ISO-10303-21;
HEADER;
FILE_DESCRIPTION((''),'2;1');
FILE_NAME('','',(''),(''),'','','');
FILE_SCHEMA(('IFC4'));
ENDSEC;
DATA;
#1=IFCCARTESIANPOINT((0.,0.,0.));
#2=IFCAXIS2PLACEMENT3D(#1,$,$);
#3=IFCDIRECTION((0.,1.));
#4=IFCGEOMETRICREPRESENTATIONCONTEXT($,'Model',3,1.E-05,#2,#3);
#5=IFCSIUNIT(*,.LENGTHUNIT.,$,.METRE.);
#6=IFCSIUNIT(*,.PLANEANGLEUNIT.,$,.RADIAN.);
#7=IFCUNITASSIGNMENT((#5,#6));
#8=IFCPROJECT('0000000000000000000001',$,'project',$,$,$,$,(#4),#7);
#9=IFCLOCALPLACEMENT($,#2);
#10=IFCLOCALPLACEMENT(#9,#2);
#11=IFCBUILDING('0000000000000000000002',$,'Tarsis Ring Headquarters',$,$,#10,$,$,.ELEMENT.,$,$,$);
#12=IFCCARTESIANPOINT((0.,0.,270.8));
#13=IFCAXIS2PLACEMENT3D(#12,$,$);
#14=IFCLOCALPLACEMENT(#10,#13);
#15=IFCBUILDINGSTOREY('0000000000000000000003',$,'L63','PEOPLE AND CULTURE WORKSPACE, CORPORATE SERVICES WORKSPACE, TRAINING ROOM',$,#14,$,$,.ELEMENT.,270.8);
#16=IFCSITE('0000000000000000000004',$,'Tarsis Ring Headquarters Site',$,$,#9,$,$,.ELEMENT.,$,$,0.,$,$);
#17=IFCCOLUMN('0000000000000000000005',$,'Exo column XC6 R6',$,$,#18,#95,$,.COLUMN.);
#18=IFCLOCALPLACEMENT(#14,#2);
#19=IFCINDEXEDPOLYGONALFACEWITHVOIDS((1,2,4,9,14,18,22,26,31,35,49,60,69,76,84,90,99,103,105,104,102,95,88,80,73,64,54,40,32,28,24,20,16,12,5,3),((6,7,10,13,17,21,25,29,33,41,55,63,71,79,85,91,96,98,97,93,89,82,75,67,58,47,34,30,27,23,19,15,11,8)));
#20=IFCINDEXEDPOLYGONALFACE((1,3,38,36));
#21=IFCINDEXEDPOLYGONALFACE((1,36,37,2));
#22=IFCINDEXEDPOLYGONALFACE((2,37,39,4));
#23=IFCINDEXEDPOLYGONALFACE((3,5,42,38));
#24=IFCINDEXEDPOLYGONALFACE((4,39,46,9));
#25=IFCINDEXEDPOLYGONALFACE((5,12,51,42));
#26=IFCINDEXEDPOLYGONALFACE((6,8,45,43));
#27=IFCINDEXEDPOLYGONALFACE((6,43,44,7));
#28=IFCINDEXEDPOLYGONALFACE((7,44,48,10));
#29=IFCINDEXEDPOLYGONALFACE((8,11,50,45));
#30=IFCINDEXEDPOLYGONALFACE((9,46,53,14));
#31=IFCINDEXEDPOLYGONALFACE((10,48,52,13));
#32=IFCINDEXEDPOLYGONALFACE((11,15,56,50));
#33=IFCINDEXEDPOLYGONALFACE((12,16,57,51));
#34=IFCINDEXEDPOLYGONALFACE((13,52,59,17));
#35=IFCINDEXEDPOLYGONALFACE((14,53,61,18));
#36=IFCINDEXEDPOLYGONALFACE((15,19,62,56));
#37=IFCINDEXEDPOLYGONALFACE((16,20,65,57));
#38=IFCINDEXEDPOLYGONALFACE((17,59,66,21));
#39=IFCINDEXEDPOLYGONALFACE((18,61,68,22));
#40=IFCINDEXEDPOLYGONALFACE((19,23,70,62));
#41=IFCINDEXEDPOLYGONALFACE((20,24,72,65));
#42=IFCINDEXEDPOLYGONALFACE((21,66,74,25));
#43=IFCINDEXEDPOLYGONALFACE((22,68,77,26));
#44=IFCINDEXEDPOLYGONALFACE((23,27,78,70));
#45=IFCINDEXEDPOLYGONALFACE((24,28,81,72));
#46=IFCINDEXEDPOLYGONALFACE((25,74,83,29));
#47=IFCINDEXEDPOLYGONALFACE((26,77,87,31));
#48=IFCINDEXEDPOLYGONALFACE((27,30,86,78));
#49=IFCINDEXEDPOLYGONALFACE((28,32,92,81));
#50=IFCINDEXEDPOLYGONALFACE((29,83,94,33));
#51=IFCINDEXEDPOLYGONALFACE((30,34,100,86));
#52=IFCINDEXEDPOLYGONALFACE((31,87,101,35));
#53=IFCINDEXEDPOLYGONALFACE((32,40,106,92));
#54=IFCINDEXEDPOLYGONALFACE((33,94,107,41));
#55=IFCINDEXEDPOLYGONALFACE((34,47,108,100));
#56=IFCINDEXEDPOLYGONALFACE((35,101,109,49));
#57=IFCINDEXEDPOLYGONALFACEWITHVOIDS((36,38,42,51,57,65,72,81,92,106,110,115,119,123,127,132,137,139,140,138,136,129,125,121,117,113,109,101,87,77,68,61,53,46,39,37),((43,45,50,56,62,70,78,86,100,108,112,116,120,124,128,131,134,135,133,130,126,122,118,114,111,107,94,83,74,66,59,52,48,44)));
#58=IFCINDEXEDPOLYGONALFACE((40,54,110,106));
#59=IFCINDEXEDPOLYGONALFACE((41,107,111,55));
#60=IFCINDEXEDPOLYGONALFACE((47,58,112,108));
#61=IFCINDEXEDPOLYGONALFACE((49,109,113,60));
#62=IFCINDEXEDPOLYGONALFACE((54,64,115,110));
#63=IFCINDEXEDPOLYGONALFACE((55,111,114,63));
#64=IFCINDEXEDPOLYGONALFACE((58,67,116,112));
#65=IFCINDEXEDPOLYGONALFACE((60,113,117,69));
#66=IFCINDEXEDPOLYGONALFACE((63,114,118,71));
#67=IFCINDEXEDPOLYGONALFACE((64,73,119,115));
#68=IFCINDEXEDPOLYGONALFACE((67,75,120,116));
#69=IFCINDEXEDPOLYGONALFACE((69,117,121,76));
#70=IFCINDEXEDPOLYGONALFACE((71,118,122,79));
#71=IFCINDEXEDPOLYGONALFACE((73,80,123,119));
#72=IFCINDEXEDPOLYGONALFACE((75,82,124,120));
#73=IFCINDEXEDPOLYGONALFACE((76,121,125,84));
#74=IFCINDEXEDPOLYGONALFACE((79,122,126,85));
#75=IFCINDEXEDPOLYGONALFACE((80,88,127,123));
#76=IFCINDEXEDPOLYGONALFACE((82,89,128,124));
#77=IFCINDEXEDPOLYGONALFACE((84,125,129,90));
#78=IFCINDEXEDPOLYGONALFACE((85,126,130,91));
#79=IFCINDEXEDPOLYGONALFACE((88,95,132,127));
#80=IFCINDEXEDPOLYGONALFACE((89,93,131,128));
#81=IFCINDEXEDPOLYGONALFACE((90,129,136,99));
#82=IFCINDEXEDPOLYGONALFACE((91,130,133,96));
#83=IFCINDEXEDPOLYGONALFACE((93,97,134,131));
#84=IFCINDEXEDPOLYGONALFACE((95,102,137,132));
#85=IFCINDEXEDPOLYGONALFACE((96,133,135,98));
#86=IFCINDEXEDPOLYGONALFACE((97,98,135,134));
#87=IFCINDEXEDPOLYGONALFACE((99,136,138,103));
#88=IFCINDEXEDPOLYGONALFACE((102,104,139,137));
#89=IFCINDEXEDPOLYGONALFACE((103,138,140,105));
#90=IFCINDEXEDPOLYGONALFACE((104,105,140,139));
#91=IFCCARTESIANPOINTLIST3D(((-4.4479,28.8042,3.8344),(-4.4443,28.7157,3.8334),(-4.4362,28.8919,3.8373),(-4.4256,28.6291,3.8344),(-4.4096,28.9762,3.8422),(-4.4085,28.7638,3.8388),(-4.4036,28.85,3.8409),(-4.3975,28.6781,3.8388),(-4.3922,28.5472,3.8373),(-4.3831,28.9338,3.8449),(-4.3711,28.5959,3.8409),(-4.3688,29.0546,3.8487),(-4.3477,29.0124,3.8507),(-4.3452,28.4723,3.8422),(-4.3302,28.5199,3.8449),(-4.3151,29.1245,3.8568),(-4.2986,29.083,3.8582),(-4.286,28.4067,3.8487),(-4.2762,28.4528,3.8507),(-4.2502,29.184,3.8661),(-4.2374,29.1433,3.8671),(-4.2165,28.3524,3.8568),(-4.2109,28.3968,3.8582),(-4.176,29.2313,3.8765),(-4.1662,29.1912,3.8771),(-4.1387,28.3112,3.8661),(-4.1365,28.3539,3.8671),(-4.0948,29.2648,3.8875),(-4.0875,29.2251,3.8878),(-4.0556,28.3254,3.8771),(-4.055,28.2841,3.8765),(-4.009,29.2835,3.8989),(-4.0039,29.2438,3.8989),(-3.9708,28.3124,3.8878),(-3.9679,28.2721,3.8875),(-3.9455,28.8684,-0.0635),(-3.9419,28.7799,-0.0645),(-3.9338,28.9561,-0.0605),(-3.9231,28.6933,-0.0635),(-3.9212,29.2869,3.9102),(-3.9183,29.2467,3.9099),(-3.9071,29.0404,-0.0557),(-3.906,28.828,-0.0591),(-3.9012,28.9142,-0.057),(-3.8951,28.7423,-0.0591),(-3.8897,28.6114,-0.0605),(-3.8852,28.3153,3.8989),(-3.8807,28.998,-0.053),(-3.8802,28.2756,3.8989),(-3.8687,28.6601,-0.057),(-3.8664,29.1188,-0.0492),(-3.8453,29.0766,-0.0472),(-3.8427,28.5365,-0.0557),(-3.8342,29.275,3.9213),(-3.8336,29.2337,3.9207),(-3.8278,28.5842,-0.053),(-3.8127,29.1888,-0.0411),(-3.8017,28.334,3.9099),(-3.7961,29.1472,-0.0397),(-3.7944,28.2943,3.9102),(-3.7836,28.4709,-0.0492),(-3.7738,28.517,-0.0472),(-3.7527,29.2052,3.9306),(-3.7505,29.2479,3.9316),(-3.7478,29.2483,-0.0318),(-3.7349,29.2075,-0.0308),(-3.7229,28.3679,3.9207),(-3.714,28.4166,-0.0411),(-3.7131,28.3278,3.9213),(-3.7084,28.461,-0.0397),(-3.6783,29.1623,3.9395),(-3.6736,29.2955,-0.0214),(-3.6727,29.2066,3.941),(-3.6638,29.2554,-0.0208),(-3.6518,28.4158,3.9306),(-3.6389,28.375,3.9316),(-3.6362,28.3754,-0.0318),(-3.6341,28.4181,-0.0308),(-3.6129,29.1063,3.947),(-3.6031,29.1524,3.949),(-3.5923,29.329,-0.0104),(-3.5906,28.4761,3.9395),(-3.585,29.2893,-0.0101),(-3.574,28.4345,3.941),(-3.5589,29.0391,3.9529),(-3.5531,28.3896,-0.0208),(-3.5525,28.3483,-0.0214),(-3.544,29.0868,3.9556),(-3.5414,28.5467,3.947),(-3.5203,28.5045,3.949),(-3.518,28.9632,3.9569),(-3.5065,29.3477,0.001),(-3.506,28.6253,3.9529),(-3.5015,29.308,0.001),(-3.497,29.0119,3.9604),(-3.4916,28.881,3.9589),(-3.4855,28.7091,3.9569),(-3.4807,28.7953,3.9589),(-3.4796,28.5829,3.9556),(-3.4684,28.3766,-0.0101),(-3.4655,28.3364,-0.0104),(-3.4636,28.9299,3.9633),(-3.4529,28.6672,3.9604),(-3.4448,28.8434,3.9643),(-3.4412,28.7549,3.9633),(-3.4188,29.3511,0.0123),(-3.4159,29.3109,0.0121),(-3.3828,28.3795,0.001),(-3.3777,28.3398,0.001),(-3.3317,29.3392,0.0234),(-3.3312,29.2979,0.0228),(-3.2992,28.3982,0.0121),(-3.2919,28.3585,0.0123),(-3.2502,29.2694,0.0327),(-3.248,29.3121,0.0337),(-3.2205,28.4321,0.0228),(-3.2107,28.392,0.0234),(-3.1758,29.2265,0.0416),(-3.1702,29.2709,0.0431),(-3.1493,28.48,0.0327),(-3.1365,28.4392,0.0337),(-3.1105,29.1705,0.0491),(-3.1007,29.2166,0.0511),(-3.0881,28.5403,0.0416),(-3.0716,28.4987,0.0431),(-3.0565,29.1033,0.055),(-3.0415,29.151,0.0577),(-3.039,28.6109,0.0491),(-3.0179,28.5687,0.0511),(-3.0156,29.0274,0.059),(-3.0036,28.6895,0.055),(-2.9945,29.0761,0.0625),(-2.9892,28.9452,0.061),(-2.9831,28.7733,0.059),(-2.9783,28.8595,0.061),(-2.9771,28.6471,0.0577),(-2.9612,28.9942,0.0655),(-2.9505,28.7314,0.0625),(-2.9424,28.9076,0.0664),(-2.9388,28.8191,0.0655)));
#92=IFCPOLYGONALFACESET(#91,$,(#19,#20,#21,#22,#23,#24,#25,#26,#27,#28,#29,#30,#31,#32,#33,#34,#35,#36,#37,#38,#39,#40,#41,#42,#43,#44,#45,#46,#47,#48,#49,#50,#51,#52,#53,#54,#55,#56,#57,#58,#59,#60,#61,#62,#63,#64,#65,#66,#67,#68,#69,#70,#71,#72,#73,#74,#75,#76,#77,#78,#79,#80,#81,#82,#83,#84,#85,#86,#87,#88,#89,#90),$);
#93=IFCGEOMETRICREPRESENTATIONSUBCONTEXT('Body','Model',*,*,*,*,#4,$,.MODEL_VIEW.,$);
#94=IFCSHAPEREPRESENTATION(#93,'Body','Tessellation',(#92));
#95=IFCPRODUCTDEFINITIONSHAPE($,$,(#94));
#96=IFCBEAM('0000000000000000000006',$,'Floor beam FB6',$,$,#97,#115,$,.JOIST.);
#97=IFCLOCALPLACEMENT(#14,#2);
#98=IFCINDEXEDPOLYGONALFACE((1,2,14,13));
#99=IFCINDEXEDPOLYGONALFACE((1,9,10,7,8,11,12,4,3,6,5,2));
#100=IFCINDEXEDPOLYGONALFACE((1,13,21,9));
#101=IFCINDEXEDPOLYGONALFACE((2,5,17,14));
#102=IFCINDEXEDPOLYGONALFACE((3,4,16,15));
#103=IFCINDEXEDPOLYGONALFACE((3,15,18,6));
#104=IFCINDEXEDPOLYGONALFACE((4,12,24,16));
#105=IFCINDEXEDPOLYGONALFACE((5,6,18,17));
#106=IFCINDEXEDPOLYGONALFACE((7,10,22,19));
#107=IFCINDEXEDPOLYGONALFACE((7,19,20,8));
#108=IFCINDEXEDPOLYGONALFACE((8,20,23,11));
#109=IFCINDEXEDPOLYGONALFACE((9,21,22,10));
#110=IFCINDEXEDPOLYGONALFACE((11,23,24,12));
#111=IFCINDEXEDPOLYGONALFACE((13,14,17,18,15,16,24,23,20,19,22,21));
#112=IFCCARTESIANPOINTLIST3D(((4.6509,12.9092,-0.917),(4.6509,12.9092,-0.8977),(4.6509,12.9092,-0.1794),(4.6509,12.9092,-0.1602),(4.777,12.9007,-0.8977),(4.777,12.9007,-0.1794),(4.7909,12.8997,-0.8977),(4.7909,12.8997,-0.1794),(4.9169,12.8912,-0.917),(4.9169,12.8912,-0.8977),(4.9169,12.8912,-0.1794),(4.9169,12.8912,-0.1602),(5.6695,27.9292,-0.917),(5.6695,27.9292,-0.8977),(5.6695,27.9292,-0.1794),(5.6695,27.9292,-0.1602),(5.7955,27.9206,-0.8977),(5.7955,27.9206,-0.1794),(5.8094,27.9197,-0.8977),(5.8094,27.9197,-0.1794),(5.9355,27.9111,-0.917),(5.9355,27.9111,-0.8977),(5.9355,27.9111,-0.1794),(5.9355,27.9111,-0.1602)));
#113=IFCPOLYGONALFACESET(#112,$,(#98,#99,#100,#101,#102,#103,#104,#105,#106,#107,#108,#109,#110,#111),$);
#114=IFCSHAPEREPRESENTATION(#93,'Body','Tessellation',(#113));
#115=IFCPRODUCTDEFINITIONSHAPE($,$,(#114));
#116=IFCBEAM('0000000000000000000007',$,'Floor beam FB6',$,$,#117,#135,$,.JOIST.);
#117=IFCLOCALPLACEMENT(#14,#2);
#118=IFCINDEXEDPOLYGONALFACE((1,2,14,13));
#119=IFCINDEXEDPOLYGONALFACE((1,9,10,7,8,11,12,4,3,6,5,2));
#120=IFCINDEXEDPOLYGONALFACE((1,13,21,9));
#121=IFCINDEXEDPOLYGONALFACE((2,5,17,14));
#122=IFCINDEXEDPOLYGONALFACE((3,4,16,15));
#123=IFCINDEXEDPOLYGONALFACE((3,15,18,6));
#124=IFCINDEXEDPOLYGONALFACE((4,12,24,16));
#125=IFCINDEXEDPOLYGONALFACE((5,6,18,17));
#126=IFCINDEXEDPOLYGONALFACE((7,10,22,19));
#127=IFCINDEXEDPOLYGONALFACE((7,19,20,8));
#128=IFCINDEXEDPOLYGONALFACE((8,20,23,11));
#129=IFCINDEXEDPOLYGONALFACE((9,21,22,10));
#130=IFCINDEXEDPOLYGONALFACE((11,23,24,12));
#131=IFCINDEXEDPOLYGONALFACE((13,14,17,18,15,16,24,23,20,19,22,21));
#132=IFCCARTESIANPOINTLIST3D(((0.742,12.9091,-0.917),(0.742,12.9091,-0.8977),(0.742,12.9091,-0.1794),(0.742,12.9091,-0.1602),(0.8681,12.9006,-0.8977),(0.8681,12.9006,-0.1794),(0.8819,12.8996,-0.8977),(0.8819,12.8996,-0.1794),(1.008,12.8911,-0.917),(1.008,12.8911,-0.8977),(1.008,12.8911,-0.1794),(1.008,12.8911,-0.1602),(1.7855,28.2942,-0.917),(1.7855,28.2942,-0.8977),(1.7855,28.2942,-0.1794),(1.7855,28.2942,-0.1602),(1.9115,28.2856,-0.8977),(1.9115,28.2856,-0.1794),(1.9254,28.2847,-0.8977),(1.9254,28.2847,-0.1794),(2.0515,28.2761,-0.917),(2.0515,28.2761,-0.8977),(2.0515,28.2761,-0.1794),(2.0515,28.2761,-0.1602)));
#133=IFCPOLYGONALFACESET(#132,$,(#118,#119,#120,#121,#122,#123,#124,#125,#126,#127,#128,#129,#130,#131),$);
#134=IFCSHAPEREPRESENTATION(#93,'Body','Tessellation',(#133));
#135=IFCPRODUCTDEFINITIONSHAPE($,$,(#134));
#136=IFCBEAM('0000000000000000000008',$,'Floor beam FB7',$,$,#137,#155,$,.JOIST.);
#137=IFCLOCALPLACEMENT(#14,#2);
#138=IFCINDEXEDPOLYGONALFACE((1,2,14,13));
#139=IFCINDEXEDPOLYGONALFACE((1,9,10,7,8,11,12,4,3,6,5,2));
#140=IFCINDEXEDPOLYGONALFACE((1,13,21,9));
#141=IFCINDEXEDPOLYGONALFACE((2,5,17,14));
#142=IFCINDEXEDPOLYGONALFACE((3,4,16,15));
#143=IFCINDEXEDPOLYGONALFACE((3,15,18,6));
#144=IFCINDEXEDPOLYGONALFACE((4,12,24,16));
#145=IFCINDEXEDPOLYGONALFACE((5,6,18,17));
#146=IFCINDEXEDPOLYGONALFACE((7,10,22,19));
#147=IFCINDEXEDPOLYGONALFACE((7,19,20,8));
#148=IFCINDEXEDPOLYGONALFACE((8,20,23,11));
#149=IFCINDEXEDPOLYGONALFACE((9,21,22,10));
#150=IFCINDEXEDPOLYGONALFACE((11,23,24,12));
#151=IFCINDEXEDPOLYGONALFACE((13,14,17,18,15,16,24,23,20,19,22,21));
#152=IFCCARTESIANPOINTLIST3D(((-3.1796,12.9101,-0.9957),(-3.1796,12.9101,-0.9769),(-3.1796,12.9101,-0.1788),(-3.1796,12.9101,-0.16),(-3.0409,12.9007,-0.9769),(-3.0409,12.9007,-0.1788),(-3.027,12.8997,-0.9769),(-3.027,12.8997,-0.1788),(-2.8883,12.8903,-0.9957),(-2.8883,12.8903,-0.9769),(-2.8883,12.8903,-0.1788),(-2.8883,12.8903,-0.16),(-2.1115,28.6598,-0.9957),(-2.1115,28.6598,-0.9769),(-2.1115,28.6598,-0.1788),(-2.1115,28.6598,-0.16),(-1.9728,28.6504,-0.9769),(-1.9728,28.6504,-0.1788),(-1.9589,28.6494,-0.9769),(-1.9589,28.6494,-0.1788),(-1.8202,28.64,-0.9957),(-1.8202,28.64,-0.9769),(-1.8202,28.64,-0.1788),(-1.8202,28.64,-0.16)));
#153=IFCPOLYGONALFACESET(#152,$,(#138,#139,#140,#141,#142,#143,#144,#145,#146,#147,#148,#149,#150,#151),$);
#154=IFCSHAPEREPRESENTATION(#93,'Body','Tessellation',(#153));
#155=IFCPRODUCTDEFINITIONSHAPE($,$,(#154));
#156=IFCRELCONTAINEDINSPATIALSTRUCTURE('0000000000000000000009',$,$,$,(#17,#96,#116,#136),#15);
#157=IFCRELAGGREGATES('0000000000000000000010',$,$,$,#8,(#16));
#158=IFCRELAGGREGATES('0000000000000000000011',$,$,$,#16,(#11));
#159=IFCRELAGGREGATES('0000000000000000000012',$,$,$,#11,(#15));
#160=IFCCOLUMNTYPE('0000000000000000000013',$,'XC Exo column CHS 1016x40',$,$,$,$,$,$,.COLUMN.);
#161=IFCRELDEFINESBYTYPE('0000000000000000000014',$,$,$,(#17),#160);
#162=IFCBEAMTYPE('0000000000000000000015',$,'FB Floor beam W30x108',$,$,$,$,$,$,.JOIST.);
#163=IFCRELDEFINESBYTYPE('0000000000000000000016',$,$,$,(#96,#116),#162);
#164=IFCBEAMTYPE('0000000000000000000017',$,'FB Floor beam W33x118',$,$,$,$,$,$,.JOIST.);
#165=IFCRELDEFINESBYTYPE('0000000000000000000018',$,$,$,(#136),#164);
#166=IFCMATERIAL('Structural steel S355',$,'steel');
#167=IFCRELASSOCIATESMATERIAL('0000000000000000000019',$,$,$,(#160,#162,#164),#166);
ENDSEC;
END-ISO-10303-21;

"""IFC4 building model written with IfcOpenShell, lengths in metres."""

from ifc_helpers import new_model, si_unit, direction, frame, origin, origin_2d, place, context, subcontext, project, spatial, hollow_circle, i_section, extrude, material, material_profile, profile_set, type_object, element, save


model = new_model("IFC4")

# Units and contexts
model_context = context("Model", 3, precision=1e-05, world=origin(), true_north=direction((0.0, 1.0)))
body_context = subcontext(model_context, "Body", "Model", "MODEL_VIEW")
ifc_project = project(units=[si_unit("LENGTHUNIT", "METRE"), si_unit("PLANEANGLEUNIT", "RADIAN")], contexts=[model_context])

# Site, building, storey
site_placement = place(None, origin())
site = spatial("IfcSite", under=ifc_project, at=site_placement, Name="Tarsis Ring Headquarters Site", CompositionType="ELEMENT", RefElevation=0.0)
building_placement = place(site_placement, origin())
building = spatial("IfcBuilding", under=site, at=building_placement, Name="Tarsis Ring Headquarters", CompositionType="ELEMENT")
storey_placement = place(building_placement, frame((0.0, 0.0, 270.8)))
storey = spatial("IfcBuildingStorey", under=building, at=storey_placement, Name="L63", Description="PEOPLE AND CULTURE WORKSPACE, CORPORATE SERVICES WORKSPACE, TRAINING ROOM", CompositionType="ELEMENT", Elevation=270.8)

# Column
ifc_material_1 = material(Name="Structural steel S355", Category="steel")
ifc_material_profile_1 = material_profile(ifc_material_1, hollow_circle(Radius=0.5081, WallThickness=0.04, at=origin_2d()), Name="CHS 1016x40")
ifc_profile_set_1 = profile_set([ifc_material_profile_1], Name="Structural steel S355")
column_type = type_object("IfcColumnType", Name="XC Exo column CHS 1016x40", PredefinedType="COLUMN", material=ifc_profile_set_1)
column_placement = place(storey_placement, frame((-3.4421, 28.8438, 0.001), z_axis=(-0.127824, -0.016335, 0.991662), x_axis=(0.126763, -0.991933, 0.0)))
element("IfcColumn", 1, at=column_placement, inside=storey, type_object=column_type, Name="Exo column XC6 R6", PredefinedType="COLUMN", context=body_context, shape_type="SweptSolid", body=[
    extrude(hollow_circle(Radius=0.5081, WallThickness=0.04, at=origin_2d()), origin(), (0.0, 0.0, 1.0), 3.9307),
])

# Beams
ifc_material_profile_2 = material_profile(ifc_material_1, i_section(OverallWidth=0.2666, OverallDepth=0.7568, WebThickness=0.0139, FlangeThickness=0.0193, at=origin_2d()), Name="W30x108")
ifc_profile_set_2 = profile_set([ifc_material_profile_2], Name="Structural steel S355")
beam_type_1 = type_object("IfcBeamType", Name="FB Floor beam W30x108", PredefinedType="JOIST", material=ifc_profile_set_2)
beam_1_placement = place(storey_placement, frame((5.8025, 27.9202, -0.5386), z_axis=(-0.067658, -0.997709, 0.0), x_axis=(0.997709, -0.067658, 0.0)))
element("IfcBeam", 2, at=beam_1_placement, inside=storey, type_object=beam_type_1, Name="Floor beam FB6", PredefinedType="JOIST", context=body_context, shape_type="SweptSolid", body=[
    extrude(i_section(OverallWidth=0.2666, OverallDepth=0.7568, WebThickness=0.0139, FlangeThickness=0.0193, at=origin_2d()), origin(), (0.0, 0.0, 1.0), 15.0544),
])
beam_2_placement = place(storey_placement, frame((1.9185, 28.2852, -0.5386), z_axis=(-0.067668, -0.997708, 0.0), x_axis=(0.997708, -0.067668, 0.0)))
element("IfcBeam", 3, at=beam_2_placement, inside=storey, type_object=beam_type_1, Name="Floor beam FB6", PredefinedType="JOIST", context=body_context, shape_type="SweptSolid", body=[
    extrude(i_section(OverallWidth=0.2666, OverallDepth=0.7568, WebThickness=0.0139, FlangeThickness=0.0193, at=origin_2d()), origin(), (0.0, 0.0, 1.0), 15.4204),
])
ifc_material_profile_3 = material_profile(ifc_material_1, i_section(OverallWidth=0.292, OverallDepth=0.8357, WebThickness=0.0139, FlangeThickness=0.0188, at=origin_2d()), Name="W33x118")
ifc_profile_set_3 = profile_set([ifc_material_profile_3], Name="Structural steel S355")
beam_type_2 = type_object("IfcBeamType", Name="FB Floor beam W33x118", PredefinedType="JOIST", material=ifc_profile_set_3)
beam_3_placement = place(storey_placement, frame((-1.9658, 28.6499, -0.5779), z_axis=(-0.067662, -0.997708, 0.0), x_axis=(0.997708, -0.067662, 0.0)))
element("IfcBeam", 4, at=beam_3_placement, inside=storey, type_object=beam_type_2, Name="Floor beam FB7", PredefinedType="JOIST", context=body_context, shape_type="SweptSolid", body=[
    extrude(i_section(OverallWidth=0.292, OverallDepth=0.8357, WebThickness=0.0139, FlangeThickness=0.0188, at=origin_2d()), origin(), (0.0, 0.0, 1.0), 15.7859),
])

save(model, "model.ifc")
